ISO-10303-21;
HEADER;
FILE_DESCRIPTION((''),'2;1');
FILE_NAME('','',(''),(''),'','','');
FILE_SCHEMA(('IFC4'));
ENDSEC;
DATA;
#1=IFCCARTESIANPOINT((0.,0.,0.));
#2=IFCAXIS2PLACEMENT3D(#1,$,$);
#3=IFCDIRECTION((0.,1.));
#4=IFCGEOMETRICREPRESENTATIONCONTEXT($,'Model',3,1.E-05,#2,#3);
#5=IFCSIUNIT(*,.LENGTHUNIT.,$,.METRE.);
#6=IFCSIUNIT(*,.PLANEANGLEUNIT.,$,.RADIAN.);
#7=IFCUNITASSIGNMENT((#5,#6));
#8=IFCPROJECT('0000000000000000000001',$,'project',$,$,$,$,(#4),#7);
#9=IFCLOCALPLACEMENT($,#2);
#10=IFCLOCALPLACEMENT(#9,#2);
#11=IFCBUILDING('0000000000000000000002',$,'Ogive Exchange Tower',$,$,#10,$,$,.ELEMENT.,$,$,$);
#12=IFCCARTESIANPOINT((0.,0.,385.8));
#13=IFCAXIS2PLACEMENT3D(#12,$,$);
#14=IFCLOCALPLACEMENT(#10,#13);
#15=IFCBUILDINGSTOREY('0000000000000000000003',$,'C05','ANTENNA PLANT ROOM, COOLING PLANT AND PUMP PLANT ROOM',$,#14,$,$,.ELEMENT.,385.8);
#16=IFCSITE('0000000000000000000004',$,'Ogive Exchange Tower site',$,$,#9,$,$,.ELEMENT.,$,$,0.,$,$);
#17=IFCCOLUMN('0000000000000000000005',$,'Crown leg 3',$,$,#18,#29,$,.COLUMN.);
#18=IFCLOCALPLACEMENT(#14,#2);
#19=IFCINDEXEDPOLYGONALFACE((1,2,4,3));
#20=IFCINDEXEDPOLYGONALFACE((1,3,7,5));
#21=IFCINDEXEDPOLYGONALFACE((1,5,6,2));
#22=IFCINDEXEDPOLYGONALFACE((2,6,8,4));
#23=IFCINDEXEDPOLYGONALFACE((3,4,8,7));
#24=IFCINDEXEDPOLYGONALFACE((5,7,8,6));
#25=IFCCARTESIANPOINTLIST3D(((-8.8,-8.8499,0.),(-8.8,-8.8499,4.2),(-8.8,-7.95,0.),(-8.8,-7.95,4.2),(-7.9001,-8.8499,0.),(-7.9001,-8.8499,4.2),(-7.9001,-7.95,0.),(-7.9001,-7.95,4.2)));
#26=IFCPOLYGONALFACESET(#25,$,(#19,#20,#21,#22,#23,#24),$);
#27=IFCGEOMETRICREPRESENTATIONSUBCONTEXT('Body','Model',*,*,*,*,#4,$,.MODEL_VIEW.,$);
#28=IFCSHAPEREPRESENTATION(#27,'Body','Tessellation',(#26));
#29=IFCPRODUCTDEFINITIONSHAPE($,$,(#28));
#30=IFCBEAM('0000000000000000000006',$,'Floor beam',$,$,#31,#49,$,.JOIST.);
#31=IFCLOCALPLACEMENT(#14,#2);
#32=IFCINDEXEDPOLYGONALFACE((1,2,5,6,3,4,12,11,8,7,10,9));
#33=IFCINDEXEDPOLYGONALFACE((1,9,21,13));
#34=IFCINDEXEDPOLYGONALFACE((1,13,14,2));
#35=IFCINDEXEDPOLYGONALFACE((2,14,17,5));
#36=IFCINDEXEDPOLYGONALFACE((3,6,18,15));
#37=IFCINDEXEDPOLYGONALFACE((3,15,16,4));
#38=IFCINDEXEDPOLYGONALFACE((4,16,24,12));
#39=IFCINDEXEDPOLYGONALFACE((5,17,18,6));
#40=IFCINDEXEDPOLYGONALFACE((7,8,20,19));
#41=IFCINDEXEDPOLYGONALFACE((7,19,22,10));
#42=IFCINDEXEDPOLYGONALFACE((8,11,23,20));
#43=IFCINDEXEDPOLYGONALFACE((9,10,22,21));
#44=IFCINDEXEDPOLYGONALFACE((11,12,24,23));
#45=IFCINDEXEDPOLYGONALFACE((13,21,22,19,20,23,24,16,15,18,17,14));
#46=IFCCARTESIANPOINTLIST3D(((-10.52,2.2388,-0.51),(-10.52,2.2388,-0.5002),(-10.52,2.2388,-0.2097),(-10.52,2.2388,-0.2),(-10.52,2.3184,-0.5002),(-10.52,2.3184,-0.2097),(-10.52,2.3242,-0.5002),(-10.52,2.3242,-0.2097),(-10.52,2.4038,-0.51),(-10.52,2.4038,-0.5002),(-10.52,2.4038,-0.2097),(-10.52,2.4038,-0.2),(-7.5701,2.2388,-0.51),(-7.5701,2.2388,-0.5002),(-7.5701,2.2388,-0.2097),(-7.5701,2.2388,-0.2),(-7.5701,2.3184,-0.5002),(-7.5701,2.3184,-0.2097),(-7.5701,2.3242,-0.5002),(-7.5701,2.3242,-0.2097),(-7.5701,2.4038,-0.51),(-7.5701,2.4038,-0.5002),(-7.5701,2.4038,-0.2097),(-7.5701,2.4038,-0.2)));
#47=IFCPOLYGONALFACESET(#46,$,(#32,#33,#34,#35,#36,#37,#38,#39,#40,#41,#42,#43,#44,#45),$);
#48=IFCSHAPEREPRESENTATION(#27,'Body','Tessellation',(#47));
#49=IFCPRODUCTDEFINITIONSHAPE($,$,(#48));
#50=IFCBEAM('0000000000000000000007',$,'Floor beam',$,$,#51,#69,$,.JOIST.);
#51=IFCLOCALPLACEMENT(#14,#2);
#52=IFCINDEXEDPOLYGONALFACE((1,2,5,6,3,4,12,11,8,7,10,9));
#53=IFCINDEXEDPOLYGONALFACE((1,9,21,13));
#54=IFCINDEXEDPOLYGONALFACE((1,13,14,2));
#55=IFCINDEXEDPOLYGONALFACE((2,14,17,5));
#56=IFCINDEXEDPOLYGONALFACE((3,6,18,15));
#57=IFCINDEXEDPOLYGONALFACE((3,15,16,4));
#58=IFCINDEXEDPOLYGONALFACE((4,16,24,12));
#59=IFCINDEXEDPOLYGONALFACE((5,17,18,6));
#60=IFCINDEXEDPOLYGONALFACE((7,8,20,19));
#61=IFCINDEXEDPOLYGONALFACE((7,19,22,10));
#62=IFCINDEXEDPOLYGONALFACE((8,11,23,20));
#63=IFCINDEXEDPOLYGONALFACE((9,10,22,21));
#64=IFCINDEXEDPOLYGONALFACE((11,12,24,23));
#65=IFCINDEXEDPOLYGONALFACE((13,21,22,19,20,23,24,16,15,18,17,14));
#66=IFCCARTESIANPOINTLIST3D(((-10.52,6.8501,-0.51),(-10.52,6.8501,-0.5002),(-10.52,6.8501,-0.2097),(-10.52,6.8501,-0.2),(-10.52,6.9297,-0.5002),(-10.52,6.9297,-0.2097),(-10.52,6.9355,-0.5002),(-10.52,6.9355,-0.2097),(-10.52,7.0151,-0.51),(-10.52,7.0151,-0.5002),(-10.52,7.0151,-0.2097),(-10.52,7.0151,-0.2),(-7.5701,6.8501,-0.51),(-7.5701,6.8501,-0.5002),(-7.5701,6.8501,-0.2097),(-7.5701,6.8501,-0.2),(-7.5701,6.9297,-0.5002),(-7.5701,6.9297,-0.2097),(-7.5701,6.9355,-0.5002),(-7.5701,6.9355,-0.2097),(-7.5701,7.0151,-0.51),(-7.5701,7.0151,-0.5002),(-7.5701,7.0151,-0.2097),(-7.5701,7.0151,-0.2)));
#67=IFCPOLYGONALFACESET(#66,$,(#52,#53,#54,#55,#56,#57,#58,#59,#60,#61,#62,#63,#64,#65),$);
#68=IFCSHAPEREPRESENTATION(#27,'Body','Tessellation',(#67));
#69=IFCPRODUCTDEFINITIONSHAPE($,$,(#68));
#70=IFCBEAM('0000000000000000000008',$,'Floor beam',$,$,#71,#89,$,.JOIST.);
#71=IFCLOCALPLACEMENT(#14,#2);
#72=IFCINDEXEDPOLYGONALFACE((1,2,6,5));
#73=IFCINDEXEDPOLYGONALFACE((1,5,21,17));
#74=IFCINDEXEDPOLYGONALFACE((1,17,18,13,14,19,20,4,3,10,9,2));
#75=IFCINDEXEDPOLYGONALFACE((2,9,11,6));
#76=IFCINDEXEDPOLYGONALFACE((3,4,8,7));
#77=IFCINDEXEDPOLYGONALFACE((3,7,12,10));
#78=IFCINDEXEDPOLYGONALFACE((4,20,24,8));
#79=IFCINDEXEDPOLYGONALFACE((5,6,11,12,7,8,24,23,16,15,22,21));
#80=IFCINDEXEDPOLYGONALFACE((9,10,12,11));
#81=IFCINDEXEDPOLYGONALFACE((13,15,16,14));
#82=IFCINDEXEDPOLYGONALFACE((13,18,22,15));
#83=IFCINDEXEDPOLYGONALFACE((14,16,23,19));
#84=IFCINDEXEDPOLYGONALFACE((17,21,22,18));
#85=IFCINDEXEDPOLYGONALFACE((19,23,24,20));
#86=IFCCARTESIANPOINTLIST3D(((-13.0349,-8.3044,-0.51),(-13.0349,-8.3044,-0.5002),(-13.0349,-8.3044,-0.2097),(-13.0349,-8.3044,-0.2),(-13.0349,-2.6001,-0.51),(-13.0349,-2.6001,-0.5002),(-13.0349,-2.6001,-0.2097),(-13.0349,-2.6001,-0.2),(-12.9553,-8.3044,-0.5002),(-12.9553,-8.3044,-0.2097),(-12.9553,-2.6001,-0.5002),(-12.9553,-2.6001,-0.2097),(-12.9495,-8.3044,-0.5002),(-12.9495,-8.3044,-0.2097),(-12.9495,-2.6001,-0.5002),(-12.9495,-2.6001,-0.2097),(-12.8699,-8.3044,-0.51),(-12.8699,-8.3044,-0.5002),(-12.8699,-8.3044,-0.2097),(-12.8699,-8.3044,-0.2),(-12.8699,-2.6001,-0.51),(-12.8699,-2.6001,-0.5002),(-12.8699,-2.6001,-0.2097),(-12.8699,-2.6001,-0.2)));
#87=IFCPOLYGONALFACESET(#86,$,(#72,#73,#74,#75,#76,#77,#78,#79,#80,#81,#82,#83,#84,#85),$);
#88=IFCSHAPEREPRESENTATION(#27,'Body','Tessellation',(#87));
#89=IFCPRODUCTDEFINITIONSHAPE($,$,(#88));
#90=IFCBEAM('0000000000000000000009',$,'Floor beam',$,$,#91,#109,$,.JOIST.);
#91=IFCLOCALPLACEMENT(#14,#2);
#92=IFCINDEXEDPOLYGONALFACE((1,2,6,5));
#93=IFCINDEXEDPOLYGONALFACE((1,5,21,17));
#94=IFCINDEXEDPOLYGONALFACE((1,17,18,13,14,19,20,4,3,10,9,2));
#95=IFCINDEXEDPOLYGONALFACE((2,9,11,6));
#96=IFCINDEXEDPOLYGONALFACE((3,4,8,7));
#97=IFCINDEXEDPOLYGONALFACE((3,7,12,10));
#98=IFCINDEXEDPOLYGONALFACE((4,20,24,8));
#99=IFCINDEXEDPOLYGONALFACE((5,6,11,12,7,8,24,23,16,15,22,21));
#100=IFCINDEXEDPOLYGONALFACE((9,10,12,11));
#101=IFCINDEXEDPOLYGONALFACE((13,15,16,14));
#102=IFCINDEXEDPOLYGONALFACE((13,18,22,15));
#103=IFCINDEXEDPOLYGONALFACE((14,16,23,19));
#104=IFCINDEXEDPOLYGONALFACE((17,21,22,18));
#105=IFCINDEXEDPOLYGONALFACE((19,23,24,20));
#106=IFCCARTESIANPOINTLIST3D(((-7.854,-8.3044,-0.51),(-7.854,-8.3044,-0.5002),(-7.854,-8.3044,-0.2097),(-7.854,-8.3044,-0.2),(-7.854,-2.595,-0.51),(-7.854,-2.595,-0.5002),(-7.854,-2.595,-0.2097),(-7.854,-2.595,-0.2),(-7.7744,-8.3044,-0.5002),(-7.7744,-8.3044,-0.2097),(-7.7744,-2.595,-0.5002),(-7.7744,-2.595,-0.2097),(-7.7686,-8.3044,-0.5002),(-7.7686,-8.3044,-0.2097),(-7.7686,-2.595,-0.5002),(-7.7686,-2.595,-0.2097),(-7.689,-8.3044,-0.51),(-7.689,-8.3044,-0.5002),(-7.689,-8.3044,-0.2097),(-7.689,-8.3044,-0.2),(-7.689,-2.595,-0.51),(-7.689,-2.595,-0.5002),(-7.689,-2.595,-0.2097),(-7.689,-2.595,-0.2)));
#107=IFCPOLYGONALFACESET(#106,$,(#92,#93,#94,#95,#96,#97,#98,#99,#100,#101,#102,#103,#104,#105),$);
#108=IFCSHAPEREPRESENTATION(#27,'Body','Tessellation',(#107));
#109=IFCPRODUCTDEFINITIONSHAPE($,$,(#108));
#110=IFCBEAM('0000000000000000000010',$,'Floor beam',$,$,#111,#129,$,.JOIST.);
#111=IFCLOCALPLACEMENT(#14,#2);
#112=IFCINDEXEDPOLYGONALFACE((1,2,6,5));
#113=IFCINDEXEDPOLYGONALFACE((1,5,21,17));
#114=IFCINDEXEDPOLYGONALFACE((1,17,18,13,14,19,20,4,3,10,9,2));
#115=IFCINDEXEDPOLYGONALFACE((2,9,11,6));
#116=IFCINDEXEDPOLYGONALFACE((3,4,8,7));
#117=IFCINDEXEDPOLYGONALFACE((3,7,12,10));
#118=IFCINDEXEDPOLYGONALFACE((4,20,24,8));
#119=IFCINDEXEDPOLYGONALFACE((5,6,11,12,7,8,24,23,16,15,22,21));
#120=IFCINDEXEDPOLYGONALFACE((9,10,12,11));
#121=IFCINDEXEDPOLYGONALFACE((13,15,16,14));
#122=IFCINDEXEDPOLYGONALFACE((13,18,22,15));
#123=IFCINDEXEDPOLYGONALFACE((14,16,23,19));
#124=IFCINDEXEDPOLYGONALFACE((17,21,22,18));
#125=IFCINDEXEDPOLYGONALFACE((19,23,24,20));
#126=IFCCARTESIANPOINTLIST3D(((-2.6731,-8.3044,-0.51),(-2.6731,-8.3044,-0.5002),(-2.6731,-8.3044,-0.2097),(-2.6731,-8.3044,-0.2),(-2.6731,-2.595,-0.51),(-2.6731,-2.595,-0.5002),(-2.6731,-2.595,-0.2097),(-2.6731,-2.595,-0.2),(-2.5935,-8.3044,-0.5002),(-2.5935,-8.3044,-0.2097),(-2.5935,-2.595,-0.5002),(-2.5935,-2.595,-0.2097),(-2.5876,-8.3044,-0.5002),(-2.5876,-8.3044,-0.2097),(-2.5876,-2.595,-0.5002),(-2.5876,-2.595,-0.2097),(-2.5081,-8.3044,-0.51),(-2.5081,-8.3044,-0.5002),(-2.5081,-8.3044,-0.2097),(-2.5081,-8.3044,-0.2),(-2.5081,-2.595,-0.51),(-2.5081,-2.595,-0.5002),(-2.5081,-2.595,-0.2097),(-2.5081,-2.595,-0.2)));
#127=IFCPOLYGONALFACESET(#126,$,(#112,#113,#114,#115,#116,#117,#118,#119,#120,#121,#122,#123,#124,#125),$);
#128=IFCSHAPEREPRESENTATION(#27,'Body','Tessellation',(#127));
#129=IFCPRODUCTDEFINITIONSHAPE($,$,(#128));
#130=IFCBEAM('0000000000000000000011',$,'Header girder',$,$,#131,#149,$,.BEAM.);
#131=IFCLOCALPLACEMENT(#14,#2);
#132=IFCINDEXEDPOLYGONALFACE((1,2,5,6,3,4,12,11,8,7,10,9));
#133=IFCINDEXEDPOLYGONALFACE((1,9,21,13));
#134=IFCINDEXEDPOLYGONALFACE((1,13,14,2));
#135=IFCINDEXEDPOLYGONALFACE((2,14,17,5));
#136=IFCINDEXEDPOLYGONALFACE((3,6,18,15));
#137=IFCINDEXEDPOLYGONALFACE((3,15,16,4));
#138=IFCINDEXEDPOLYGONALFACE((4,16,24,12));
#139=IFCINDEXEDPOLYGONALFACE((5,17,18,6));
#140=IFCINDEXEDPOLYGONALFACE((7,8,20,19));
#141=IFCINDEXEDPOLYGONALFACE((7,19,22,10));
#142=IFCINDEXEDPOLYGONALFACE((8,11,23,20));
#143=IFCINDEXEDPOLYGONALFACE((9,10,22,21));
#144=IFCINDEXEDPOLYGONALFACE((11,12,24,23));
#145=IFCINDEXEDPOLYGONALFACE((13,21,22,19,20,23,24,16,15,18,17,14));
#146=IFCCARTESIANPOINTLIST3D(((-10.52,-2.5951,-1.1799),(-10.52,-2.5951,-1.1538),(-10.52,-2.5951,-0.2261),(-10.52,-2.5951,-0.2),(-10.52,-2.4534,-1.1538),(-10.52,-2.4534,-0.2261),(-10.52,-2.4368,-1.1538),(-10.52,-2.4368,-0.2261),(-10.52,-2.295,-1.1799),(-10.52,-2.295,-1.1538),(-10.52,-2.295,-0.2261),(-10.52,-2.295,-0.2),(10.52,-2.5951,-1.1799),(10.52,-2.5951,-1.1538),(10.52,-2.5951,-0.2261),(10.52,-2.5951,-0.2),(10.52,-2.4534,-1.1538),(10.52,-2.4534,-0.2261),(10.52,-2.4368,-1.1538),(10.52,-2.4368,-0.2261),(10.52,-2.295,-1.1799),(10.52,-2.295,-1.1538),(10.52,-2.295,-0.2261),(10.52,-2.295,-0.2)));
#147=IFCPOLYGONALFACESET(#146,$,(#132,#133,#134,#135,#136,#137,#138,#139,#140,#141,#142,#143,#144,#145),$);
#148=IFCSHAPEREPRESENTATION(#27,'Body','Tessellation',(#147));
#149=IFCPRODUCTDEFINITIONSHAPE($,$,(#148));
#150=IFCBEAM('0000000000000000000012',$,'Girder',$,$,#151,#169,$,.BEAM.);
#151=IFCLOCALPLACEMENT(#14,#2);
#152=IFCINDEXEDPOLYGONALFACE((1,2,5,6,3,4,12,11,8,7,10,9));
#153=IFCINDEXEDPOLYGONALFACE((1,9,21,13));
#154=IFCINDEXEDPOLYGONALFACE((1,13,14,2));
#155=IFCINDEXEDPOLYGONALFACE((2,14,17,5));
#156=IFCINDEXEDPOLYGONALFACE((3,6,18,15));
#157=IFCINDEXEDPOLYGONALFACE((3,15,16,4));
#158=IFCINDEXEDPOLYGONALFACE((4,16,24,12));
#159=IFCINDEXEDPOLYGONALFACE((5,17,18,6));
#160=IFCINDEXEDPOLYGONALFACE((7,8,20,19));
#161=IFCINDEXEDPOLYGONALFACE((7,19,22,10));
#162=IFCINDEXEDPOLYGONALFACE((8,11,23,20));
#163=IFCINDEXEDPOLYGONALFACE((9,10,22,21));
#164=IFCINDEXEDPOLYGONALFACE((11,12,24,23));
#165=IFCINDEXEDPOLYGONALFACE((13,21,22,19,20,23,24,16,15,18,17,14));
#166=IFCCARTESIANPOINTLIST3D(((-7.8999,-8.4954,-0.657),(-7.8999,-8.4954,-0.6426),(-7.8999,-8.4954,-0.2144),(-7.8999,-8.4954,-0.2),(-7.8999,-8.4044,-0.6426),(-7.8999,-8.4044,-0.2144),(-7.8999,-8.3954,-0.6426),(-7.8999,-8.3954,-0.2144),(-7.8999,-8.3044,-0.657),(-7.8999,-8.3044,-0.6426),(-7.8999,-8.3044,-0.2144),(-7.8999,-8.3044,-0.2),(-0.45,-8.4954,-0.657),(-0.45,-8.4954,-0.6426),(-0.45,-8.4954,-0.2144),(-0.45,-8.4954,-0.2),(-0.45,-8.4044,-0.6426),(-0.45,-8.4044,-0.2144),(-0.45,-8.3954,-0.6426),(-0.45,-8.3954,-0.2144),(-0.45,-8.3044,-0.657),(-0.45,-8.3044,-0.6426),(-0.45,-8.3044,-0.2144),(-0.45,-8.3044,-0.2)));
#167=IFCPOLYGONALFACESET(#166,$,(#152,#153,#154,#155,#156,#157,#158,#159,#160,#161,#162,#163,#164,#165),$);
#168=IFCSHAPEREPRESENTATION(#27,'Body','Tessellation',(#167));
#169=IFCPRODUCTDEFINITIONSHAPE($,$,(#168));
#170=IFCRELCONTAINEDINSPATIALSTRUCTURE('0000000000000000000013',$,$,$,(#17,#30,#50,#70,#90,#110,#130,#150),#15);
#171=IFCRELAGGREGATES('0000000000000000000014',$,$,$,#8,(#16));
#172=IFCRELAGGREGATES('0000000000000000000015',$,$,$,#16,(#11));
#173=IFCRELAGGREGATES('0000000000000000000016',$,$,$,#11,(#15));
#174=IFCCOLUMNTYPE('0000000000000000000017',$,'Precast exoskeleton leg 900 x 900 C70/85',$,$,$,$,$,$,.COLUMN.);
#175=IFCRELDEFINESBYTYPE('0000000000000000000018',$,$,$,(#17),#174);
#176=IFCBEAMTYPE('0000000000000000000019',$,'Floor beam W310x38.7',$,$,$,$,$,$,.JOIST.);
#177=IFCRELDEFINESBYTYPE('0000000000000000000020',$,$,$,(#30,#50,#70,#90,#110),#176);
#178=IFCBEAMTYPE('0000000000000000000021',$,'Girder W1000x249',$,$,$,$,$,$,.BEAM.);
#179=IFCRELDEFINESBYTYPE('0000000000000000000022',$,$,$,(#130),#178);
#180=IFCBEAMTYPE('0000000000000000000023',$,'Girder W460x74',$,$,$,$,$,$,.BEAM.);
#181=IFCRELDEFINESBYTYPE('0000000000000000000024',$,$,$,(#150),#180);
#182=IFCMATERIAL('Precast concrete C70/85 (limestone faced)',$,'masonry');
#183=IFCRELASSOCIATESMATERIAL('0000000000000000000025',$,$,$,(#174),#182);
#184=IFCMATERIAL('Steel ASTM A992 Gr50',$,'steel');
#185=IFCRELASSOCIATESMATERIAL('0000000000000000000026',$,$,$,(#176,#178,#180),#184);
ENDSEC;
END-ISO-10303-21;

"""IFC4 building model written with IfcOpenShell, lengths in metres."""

from ifc_helpers import new_model, si_unit, direction, frame, origin, origin_2d, place, context, subcontext, project, spatial, rectangle, i_section, extrude, material, material_profile, profile_set, type_object, element, save


model = new_model("IFC4")

# Units and contexts
model_context = context("Model", 3, precision=1e-05, world=origin(), true_north=direction((0.0, 1.0)))
body_context = subcontext(model_context, "Body", "Model", "MODEL_VIEW")
ifc_project = project(units=[si_unit("LENGTHUNIT", "METRE"), si_unit("PLANEANGLEUNIT", "RADIAN")], contexts=[model_context])

# Site, building, storey
site_placement = place(None, origin())
site = spatial("IfcSite", under=ifc_project, at=site_placement, Name="Ogive Exchange Tower site", CompositionType="ELEMENT", RefElevation=0.0)
building_placement = place(site_placement, origin())
building = spatial("IfcBuilding", under=site, at=building_placement, Name="Ogive Exchange Tower", CompositionType="ELEMENT")
storey_placement = place(building_placement, frame((0.0, 0.0, 385.8)))
storey = spatial("IfcBuildingStorey", under=building, at=storey_placement, Name="C05", Description="ANTENNA PLANT ROOM, COOLING PLANT AND PUMP PLANT ROOM", CompositionType="ELEMENT", Elevation=385.8)

# Column
ifc_material_1 = material(Name="Precast concrete C70/85 (limestone faced)", Category="masonry")
ifc_material_profile_1 = material_profile(ifc_material_1, rectangle(XDim=0.8999, YDim=0.8999, at=origin_2d()), Name="900 x 900")
ifc_profile_set_1 = profile_set([ifc_material_profile_1], Name="Precast concrete C70/85 (limestone faced)")
column_type = type_object("IfcColumnType", Name="Precast exoskeleton leg 900 x 900 C70/85", PredefinedType="COLUMN", material=ifc_profile_set_1)
column_placement = place(storey_placement, frame((-8.3501, -8.3999, 0.0), z_axis=(0.0, 0.0, 1.0), x_axis=(1.0, 0.0, 0.0)))
element("IfcColumn", 1, at=column_placement, inside=storey, type_object=column_type, Name="Crown leg 3", PredefinedType="COLUMN", context=body_context, shape_type="SweptSolid", body=[
    extrude(rectangle(XDim=0.8999, YDim=0.8999, at=origin_2d()), origin(), (0.0, 0.0, 1.0), 4.2),
])

# Beams
ifc_material_2 = material(Name="Steel ASTM A992 Gr50", Category="steel")
ifc_material_profile_2 = material_profile(ifc_material_2, i_section(OverallWidth=0.165, OverallDepth=0.3101, WebThickness=0.0059, FlangeThickness=0.0098, at=origin_2d()), Name="W310x38.7")
ifc_profile_set_2 = profile_set([ifc_material_profile_2], Name="Steel ASTM A992 Gr50")
beam_type_1 = type_object("IfcBeamType", Name="Floor beam W310x38.7", PredefinedType="JOIST", material=ifc_profile_set_2)
for number, where, z_axis, x_axis, name in (
    (2, (-10.52, 2.3213, -0.355), (1.0, 0.0, 0.0), (0.0, 1.0, 0.0), "Floor beam"),
    (3, (-10.52, 6.9326, -0.355), (1.0, 0.0, 0.0), (0.0, 1.0, 0.0), "Floor beam"),
):
    element("IfcBeam", number, at=place(storey_placement, frame(where, z_axis=z_axis, x_axis=x_axis)), inside=storey, type_object=beam_type_1, Name=name, PredefinedType="JOIST", context=body_context, shape_type="SweptSolid", body=[
        extrude(i_section(OverallWidth=0.165, OverallDepth=0.3101, WebThickness=0.0059, FlangeThickness=0.0098, at=origin_2d()), origin(), (0.0, 0.0, 1.0), 2.95),
    ])
beam_1_placement = place(storey_placement, frame((-12.9524, -8.3044, -0.355), z_axis=(0.0, 1.0, 0.0), x_axis=(-1.0, 0.0, 0.0)))
element("IfcBeam", 4, at=beam_1_placement, inside=storey, type_object=beam_type_1, Name="Floor beam", PredefinedType="JOIST", context=body_context, shape_type="SweptSolid", body=[
    extrude(i_section(OverallWidth=0.165, OverallDepth=0.3101, WebThickness=0.0059, FlangeThickness=0.0098, at=origin_2d()), origin(), (0.0, 0.0, 1.0), 5.7043),
])
for number, where, z_axis, x_axis, name in (
    (5, (-7.7715, -8.3044, -0.355), (0.0, 1.0, 0.0), (-1.0, 0.0, 0.0), "Floor beam"),
    (6, (-2.5906, -8.3044, -0.355), (0.0, 1.0, 0.0), (-1.0, 0.0, 0.0), "Floor beam"),
):
    element("IfcBeam", number, at=place(storey_placement, frame(where, z_axis=z_axis, x_axis=x_axis)), inside=storey, type_object=beam_type_1, Name=name, PredefinedType="JOIST", context=body_context, shape_type="SweptSolid", body=[
        extrude(i_section(OverallWidth=0.165, OverallDepth=0.3101, WebThickness=0.0059, FlangeThickness=0.0098, at=origin_2d()), origin(), (0.0, 0.0, 1.0), 5.7095),
    ])
ifc_material_profile_3 = material_profile(ifc_material_2, i_section(OverallWidth=0.3, OverallDepth=0.98, WebThickness=0.0166, FlangeThickness=0.0261, at=origin_2d()), Name="W1000x249")
ifc_profile_set_3 = profile_set([ifc_material_profile_3], Name="Steel ASTM A992 Gr50")
beam_type_2 = type_object("IfcBeamType", Name="Girder W1000x249", PredefinedType="BEAM", material=ifc_profile_set_3)
beam_2_placement = place(storey_placement, frame((-10.52, -2.4451, -0.6899), z_axis=(1.0, 0.0, 0.0), x_axis=(0.0, 1.0, 0.0)))
element("IfcBeam", 7, at=beam_2_placement, inside=storey, type_object=beam_type_2, Name="Header girder", PredefinedType="BEAM", context=body_context, shape_type="SweptSolid", body=[
    extrude(i_section(OverallWidth=0.3, OverallDepth=0.98, WebThickness=0.0166, FlangeThickness=0.0261, at=origin_2d()), origin(), (0.0, 0.0, 1.0), 21.04),
])
ifc_material_profile_4 = material_profile(ifc_material_2, i_section(OverallWidth=0.1909, OverallDepth=0.457, WebThickness=0.009, FlangeThickness=0.0144, at=origin_2d()), Name="W460x74")
ifc_profile_set_4 = profile_set([ifc_material_profile_4], Name="Steel ASTM A992 Gr50")
beam_type_3 = type_object("IfcBeamType", Name="Girder W460x74", PredefinedType="BEAM", material=ifc_profile_set_4)
beam_3_placement = place(storey_placement, frame((-7.8999, -8.3999, -0.4285), z_axis=(1.0, 0.0, 0.0), x_axis=(0.0, 1.0, 0.0)))
element("IfcBeam", 8, at=beam_3_placement, inside=storey, type_object=beam_type_3, Name="Girder", PredefinedType="BEAM", context=body_context, shape_type="SweptSolid", body=[
    extrude(i_section(OverallWidth=0.1909, OverallDepth=0.457, WebThickness=0.009, FlangeThickness=0.0144, at=origin_2d()), origin(), (0.0, 0.0, 1.0), 7.45),
])

save(model, "model.ifc")
